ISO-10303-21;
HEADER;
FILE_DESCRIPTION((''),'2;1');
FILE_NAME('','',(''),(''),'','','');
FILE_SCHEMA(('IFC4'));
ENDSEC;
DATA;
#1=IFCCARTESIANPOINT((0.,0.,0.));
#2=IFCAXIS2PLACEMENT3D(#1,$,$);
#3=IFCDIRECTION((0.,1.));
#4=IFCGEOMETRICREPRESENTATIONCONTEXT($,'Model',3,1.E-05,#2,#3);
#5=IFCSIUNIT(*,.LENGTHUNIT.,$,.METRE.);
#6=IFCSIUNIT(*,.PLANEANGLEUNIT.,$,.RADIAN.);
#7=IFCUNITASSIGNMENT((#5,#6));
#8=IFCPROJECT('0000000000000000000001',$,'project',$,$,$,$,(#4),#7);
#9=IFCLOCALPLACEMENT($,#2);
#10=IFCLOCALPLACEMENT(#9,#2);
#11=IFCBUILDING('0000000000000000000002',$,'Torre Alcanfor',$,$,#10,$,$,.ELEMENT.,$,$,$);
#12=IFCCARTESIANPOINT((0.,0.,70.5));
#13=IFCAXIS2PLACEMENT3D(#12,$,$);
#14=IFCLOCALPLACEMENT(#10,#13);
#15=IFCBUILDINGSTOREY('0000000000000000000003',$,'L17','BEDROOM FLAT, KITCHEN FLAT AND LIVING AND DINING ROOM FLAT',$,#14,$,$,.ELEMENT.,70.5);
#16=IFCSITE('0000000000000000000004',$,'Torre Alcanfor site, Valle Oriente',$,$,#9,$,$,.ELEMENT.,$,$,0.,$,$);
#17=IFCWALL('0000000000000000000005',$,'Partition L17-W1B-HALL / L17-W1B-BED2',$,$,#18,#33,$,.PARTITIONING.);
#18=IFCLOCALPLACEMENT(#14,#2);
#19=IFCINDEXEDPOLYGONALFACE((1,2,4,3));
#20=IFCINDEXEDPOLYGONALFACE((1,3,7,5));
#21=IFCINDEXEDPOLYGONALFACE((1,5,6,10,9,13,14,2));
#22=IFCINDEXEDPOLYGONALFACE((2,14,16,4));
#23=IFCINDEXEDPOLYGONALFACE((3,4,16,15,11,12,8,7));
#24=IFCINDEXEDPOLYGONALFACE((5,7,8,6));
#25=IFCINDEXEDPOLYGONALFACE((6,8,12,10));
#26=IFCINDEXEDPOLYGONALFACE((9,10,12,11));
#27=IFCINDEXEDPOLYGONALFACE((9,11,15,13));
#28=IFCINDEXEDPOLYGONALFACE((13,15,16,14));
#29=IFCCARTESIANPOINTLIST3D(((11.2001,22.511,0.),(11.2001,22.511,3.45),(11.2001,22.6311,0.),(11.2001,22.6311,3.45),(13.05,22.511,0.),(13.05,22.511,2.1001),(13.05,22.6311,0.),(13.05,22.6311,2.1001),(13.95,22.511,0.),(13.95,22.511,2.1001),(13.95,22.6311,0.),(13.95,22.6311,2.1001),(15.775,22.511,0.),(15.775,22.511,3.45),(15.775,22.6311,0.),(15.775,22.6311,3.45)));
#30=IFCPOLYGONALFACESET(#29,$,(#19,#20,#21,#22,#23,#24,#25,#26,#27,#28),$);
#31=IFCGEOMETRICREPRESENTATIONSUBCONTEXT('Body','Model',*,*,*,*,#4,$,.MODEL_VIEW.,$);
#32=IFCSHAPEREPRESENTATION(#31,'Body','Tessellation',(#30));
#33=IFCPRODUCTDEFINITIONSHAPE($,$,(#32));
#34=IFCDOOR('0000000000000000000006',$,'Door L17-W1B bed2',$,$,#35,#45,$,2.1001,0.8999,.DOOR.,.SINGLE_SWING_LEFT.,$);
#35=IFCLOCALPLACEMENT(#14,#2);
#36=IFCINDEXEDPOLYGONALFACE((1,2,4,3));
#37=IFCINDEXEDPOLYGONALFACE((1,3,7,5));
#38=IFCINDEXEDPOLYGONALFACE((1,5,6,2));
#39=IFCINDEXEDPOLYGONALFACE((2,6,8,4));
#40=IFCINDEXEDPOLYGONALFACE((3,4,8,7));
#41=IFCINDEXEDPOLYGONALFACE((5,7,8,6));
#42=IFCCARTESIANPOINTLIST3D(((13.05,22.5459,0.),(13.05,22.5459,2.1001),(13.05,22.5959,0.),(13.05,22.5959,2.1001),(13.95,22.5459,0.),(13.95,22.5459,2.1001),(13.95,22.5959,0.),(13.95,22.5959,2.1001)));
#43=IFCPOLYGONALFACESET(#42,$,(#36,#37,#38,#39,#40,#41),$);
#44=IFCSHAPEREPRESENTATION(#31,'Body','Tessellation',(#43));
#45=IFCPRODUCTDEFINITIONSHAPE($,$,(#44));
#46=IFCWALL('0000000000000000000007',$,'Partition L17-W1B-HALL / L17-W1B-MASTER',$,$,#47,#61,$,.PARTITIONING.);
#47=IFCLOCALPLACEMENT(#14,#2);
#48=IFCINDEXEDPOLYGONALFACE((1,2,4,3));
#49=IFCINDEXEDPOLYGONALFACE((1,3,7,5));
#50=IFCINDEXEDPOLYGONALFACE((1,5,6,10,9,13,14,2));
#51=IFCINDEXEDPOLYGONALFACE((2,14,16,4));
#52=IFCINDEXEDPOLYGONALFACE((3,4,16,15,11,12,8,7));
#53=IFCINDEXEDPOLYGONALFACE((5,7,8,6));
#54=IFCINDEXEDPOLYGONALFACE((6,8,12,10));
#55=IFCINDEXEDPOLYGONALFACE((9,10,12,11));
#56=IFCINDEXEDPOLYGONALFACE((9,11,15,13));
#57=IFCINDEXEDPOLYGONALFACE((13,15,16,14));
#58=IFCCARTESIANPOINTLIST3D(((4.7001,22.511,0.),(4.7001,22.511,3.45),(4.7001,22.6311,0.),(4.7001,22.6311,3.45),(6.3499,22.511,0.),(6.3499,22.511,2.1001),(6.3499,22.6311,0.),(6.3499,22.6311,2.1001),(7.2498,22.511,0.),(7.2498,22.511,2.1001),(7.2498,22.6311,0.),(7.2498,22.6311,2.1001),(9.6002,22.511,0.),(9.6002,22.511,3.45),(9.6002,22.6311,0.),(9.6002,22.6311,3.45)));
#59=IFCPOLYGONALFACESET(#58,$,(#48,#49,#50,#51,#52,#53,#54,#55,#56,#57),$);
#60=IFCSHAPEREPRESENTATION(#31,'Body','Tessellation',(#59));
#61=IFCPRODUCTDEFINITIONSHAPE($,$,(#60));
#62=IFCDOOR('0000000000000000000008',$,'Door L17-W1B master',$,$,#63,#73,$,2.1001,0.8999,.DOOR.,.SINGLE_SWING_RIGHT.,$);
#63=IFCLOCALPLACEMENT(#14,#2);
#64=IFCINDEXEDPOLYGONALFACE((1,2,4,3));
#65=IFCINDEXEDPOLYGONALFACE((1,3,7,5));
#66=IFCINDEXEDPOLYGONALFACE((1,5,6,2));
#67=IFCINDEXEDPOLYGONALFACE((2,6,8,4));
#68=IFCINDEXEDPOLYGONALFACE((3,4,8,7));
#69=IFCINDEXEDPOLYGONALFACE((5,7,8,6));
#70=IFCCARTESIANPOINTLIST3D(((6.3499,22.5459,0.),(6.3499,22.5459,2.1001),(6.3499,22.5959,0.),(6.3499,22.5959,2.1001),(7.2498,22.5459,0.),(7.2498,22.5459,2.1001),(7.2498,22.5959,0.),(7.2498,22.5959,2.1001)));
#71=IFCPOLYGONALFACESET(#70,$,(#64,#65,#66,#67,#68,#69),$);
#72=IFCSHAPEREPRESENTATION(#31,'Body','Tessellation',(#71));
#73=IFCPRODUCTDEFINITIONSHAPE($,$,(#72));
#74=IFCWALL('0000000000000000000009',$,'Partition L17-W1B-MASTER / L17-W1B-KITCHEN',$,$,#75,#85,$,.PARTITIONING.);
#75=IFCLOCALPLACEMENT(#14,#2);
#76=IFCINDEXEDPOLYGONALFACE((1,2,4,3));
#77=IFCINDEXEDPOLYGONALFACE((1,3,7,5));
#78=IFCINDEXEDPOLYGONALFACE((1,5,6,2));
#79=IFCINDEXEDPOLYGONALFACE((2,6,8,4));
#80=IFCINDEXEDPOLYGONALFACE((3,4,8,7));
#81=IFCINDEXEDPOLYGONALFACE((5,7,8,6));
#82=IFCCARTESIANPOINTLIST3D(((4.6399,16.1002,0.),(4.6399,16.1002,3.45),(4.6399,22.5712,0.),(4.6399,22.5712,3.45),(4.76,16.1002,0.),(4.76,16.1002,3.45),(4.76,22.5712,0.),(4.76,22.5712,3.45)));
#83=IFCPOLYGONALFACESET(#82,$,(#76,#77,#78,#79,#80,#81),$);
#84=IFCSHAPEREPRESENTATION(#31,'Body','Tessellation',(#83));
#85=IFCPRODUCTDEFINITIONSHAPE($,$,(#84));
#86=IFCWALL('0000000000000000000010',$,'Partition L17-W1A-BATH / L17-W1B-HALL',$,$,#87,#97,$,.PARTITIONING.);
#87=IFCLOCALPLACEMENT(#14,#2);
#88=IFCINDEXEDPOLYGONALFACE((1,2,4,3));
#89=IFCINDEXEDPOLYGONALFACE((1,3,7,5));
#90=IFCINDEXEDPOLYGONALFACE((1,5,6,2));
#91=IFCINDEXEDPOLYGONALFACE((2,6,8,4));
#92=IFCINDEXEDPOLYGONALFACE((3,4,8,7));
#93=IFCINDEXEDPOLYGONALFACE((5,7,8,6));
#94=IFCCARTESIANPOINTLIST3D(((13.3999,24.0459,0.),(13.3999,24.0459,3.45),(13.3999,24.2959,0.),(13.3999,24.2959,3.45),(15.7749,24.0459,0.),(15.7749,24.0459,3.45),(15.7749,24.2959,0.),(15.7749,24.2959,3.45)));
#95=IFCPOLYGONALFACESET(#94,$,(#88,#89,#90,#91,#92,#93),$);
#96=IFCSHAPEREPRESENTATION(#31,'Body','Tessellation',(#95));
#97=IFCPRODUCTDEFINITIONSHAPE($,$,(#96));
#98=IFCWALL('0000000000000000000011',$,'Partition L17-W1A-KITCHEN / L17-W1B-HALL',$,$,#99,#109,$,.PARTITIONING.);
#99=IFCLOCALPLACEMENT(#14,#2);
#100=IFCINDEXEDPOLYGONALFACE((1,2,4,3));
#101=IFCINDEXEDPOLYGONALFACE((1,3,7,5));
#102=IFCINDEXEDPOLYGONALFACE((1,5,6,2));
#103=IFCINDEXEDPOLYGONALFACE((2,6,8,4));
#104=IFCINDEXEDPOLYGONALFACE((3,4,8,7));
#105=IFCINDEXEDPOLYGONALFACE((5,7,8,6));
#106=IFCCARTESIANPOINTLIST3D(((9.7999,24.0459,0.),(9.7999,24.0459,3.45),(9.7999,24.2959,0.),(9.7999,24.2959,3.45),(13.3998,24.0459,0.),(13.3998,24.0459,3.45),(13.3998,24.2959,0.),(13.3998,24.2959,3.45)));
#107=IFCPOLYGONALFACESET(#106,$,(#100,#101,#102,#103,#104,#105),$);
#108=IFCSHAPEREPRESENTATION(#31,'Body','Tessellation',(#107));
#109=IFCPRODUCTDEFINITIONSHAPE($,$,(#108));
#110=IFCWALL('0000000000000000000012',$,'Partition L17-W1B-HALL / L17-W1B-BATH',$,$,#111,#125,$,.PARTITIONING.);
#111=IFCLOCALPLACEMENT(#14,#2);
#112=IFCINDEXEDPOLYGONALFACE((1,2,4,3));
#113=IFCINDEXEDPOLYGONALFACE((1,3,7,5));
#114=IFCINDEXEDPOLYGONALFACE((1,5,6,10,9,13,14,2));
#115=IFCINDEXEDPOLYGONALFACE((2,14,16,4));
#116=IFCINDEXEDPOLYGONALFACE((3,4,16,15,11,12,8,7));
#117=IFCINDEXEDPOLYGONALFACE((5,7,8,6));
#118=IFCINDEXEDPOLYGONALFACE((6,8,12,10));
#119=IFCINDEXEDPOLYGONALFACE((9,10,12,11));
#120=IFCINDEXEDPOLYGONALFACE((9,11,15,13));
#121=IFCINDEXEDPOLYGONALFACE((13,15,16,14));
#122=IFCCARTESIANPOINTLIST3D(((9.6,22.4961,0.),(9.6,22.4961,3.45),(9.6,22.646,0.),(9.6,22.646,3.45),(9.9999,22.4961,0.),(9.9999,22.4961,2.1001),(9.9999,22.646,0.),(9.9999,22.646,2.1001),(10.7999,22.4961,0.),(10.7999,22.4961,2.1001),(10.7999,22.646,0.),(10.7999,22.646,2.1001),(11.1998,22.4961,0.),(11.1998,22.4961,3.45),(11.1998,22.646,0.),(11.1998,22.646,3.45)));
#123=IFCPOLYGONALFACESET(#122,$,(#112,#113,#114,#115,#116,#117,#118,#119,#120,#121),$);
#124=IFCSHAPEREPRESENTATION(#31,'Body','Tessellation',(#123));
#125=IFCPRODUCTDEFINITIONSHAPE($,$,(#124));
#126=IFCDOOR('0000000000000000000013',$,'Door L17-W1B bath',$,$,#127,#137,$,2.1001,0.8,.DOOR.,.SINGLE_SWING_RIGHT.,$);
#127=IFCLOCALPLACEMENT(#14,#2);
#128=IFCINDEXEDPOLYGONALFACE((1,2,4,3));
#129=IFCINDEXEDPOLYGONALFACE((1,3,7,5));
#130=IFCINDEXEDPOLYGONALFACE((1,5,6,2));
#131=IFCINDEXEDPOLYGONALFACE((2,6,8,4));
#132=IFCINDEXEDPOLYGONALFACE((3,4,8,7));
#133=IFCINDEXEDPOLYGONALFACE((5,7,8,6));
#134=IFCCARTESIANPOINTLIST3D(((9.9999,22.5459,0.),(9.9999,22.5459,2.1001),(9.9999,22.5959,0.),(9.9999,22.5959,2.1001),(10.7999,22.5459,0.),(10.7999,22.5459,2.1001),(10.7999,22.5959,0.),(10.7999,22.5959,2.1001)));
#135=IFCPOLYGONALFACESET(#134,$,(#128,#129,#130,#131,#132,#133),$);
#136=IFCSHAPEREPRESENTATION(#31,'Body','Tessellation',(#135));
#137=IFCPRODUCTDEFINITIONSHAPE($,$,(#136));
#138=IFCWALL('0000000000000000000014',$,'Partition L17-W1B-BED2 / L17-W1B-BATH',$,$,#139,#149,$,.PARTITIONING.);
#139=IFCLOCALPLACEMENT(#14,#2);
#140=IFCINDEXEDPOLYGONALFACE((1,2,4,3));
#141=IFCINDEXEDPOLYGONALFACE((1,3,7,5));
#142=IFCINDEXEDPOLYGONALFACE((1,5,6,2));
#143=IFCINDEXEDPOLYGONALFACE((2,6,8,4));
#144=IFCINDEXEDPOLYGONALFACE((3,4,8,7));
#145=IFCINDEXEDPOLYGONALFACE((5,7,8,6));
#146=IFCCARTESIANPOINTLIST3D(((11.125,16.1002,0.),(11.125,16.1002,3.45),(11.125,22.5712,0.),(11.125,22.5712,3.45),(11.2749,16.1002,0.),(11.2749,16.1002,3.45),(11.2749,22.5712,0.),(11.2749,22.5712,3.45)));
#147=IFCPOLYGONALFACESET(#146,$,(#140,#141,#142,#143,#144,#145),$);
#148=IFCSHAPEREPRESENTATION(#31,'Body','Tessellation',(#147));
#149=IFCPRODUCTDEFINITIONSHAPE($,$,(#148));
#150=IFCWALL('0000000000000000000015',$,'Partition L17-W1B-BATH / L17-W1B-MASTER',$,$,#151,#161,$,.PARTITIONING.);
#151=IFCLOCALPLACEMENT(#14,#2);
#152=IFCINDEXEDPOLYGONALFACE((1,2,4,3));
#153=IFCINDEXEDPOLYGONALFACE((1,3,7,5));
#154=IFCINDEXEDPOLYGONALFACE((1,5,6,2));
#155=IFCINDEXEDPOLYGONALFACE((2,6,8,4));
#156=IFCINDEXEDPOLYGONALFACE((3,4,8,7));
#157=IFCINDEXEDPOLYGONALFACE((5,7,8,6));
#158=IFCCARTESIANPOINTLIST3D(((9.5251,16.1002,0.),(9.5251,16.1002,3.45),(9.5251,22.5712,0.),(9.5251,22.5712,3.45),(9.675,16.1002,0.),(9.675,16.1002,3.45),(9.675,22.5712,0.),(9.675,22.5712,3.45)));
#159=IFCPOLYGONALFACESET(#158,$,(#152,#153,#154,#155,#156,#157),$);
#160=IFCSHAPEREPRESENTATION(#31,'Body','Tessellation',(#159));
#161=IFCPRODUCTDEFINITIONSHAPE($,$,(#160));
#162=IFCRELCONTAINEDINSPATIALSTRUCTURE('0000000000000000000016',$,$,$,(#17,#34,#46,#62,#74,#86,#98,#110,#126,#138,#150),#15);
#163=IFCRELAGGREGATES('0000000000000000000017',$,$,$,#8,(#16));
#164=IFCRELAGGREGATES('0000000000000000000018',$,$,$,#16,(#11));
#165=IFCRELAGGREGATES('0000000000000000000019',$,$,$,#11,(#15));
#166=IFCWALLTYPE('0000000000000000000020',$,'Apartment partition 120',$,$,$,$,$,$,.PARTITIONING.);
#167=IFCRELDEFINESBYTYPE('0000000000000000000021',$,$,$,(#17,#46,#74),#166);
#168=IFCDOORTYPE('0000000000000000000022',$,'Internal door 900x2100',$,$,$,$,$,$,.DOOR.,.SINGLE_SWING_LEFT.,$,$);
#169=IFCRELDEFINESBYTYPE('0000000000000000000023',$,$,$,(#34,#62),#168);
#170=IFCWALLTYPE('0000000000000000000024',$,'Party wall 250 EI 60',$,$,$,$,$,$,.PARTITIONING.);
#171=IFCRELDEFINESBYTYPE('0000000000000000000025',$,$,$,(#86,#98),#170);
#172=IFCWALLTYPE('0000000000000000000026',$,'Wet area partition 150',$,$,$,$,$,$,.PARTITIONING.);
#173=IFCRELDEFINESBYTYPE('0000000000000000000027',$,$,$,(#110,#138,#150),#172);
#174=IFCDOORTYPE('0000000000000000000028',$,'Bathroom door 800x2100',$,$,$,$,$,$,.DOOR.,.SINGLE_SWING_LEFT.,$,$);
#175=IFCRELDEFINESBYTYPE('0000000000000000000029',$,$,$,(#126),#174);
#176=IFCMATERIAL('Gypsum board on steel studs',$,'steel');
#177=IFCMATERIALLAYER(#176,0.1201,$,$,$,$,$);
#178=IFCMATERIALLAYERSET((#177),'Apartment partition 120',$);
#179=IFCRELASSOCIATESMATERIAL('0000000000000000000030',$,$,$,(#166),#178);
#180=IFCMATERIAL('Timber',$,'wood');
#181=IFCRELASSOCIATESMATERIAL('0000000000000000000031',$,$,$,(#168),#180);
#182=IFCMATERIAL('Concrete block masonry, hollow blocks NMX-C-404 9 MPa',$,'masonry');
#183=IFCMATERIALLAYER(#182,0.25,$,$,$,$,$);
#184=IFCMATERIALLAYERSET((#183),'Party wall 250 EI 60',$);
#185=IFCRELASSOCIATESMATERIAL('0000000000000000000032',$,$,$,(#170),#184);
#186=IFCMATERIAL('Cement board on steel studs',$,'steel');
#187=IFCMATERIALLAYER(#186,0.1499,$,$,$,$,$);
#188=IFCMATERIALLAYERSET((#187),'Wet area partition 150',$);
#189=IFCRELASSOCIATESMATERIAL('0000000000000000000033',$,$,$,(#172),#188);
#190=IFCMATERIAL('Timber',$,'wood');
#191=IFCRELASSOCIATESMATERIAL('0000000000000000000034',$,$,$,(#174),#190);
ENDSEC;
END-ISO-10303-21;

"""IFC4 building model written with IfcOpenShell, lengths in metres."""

from ifc_helpers import new_model, si_unit, direction, frame, frame_2d, origin, place, context, subcontext, project, spatial, rectangle, extrude, material, layer, layer_set, type_object, element, fill, save


model = new_model("IFC4")

# Units and contexts
model_context = context("Model", 3, precision=1e-05, world=origin(), true_north=direction((0.0, 1.0)))
body_context = subcontext(model_context, "Body", "Model", "MODEL_VIEW")
ifc_project = project(units=[si_unit("LENGTHUNIT", "METRE"), si_unit("PLANEANGLEUNIT", "RADIAN")], contexts=[model_context])

# Site, building, storey
site_placement = place(None, origin())
site = spatial("IfcSite", under=ifc_project, at=site_placement, Name="Torre Alcanfor site, Valle Oriente", CompositionType="ELEMENT", RefElevation=0.0)
building_placement = place(site_placement, origin())
building = spatial("IfcBuilding", under=site, at=building_placement, Name="Torre Alcanfor", CompositionType="ELEMENT")
storey_placement = place(building_placement, frame((0.0, 0.0, 70.5)))
storey = spatial("IfcBuildingStorey", under=building, at=storey_placement, Name="L17", Description="BEDROOM FLAT, KITCHEN FLAT AND LIVING AND DINING ROOM FLAT", CompositionType="ELEMENT", Elevation=70.5)

# Walls, openings, doors
ifc_material_1 = material(Name="Gypsum board on steel studs", Category="steel")
ifc_layer_1 = layer(ifc_material_1, 0.1201)
ifc_layer_set_1 = layer_set([ifc_layer_1], Name="Apartment partition 120")
wall_type_1 = type_object("IfcWallType", Name="Apartment partition 120", PredefinedType="PARTITIONING", material=ifc_layer_set_1)
wall_1_placement = place(storey_placement, frame((11.2, 22.571, 0.0), z_axis=(0.0, 0.0, 1.0), x_axis=(1.0, 0.0, 0.0)))
wall_1 = element("IfcWall", 1, at=wall_1_placement, inside=storey, type_object=wall_type_1, Name="Partition L17-W1B-HALL / L17-W1B-BED2", PredefinedType="PARTITIONING", context=body_context, shape_type="SweptSolid", body=[
    extrude(rectangle(XDim=4.575, YDim=0.1201, at=frame_2d((2.2876, 0.0))), origin(), (0.0, 0.0, 1.0), 3.45),
])
opening_1_placement = place(wall_1_placement, frame((1.8501, 0.0, 0.0)))
opening_1 = element("IfcOpeningElement", 2, at=opening_1_placement, cuts=wall_1, PredefinedType="OPENING", context=body_context, shape_type="SweptSolid", body=[
    extrude(rectangle(XDim=0.8999, YDim=2.1001, at=frame_2d((0.45, 1.05))), frame((0.0, 0.0701, 0.0), z_axis=(0.0, -1.0, 0.0), x_axis=(1.0, 0.0, 0.0)), (0.0, 0.0, 1.0), 0.1401),
])
ifc_material_2 = material(Name="Timber", Category="wood")
door_type_1 = type_object("IfcDoorType", Name="Internal door 900x2100", OperationType="SINGLE_SWING_LEFT", PredefinedType="DOOR", material=ifc_material_2)
door_1_placement = place(opening_1_placement, frame((0.8999, 0.0, 0.0), z_axis=(0.0, 0.0, 1.0), x_axis=(-1.0, 0.0, 0.0)))
door_1 = element("IfcDoor", 3, at=door_1_placement, inside=storey, type_object=door_type_1, Name="Door L17-W1B bed2", OperationType="SINGLE_SWING_LEFT", OverallHeight=2.1001, OverallWidth=0.8999, PredefinedType="DOOR", context=body_context, shape_type="SweptSolid", body=[
    extrude(rectangle(XDim=0.8999, YDim=2.1001, at=frame_2d((0.45, 1.05))), frame((0.0, 0.0251, 0.0), z_axis=(0.0, -1.0, 0.0), x_axis=(1.0, 0.0, 0.0)), (0.0, 0.0, 1.0), 0.05),
])
fill(opening_1, door_1)
wall_2_placement = place(storey_placement, frame((4.7, 22.571, 0.0), z_axis=(0.0, 0.0, 1.0), x_axis=(1.0, 0.0, 0.0)))
wall_2 = element("IfcWall", 4, at=wall_2_placement, inside=storey, type_object=wall_type_1, Name="Partition L17-W1B-HALL / L17-W1B-MASTER", PredefinedType="PARTITIONING", context=body_context, shape_type="SweptSolid", body=[
    extrude(rectangle(XDim=4.9001, YDim=0.1201, at=frame_2d((2.4502, 0.0))), origin(), (0.0, 0.0, 1.0), 3.45),
])
opening_2_placement = place(wall_2_placement, frame((1.6499, 0.0, 0.0)))
opening_2 = element("IfcOpeningElement", 5, at=opening_2_placement, cuts=wall_2, PredefinedType="OPENING", context=body_context, shape_type="SweptSolid", body=[
    extrude(rectangle(XDim=0.8999, YDim=2.1001, at=frame_2d((0.45, 1.05))), frame((0.0, 0.0701, 0.0), z_axis=(0.0, -1.0, 0.0), x_axis=(1.0, 0.0, 0.0)), (0.0, 0.0, 1.0), 0.1401),
])
door_2_placement = place(opening_2_placement, frame((0.8999, 0.0, 0.0), z_axis=(0.0, 0.0, 1.0), x_axis=(-1.0, 0.0, 0.0)))
door_2 = element("IfcDoor", 6, at=door_2_placement, inside=storey, type_object=door_type_1, Name="Door L17-W1B master", OperationType="SINGLE_SWING_RIGHT", OverallHeight=2.1001, OverallWidth=0.8999, PredefinedType="DOOR", context=body_context, shape_type="SweptSolid", body=[
    extrude(rectangle(XDim=0.8999, YDim=2.1001, at=frame_2d((0.45, 1.05))), frame((0.0, 0.0251, 0.0), z_axis=(0.0, -1.0, 0.0), x_axis=(1.0, 0.0, 0.0)), (0.0, 0.0, 1.0), 0.05),
])
fill(opening_2, door_2)

# Walls
wall_3_placement = place(storey_placement, frame((4.7, 22.571, 0.0), z_axis=(0.0, 0.0, 1.0), x_axis=(0.0, -1.0, 0.0)))
element("IfcWall", 7, at=wall_3_placement, inside=storey, type_object=wall_type_1, Name="Partition L17-W1B-MASTER / L17-W1B-KITCHEN", PredefinedType="PARTITIONING", context=body_context, shape_type="SweptSolid", body=[
    extrude(rectangle(XDim=6.4709, YDim=0.1201, at=frame_2d((3.2354, 0.0))), origin(), (0.0, 0.0, 1.0), 3.45),
])
ifc_material_3 = material(Name="Concrete block masonry, hollow blocks NMX-C-404 9 MPa", Category="masonry")
ifc_layer_2 = layer(ifc_material_3, 0.25)
ifc_layer_set_2 = layer_set([ifc_layer_2], Name="Party wall 250 EI 60")
wall_type_2 = type_object("IfcWallType", Name="Party wall 250 EI 60", PredefinedType="PARTITIONING", material=ifc_layer_set_2)
wall_4_placement = place(storey_placement, frame((13.3999, 24.1709, 0.0), z_axis=(0.0, 0.0, 1.0), x_axis=(1.0, 0.0, 0.0)))
element("IfcWall", 8, at=wall_4_placement, inside=storey, type_object=wall_type_2, Name="Partition L17-W1A-BATH / L17-W1B-HALL", PredefinedType="PARTITIONING", context=body_context, shape_type="SweptSolid", body=[
    extrude(rectangle(XDim=2.375, YDim=0.25, at=frame_2d((1.1875, 0.0))), origin(), (0.0, 0.0, 1.0), 3.45),
])
wall_5_placement = place(storey_placement, frame((9.8, 24.1709, 0.0), z_axis=(0.0, 0.0, 1.0), x_axis=(1.0, 0.0, 0.0)))
element("IfcWall", 9, at=wall_5_placement, inside=storey, type_object=wall_type_2, Name="Partition L17-W1A-KITCHEN / L17-W1B-HALL", PredefinedType="PARTITIONING", context=body_context, shape_type="SweptSolid", body=[
    extrude(rectangle(XDim=3.5999, YDim=0.25, at=frame_2d((1.7998, 0.0))), origin(), (0.0, 0.0, 1.0), 3.45),
])

# Wall, opening, door
ifc_material_4 = material(Name="Cement board on steel studs", Category="steel")
ifc_layer_3 = layer(ifc_material_4, 0.1499)
ifc_layer_set_3 = layer_set([ifc_layer_3], Name="Wet area partition 150")
wall_type_3 = type_object("IfcWallType", Name="Wet area partition 150", PredefinedType="PARTITIONING", material=ifc_layer_set_3)
wall_6_placement = place(storey_placement, frame((9.6001, 22.571, 0.0), z_axis=(0.0, 0.0, 1.0), x_axis=(1.0, 0.0, 0.0)))
wall_6 = element("IfcWall", 10, at=wall_6_placement, inside=storey, type_object=wall_type_3, Name="Partition L17-W1B-HALL / L17-W1B-BATH", PredefinedType="PARTITIONING", context=body_context, shape_type="SweptSolid", body=[
    extrude(rectangle(XDim=1.5999, YDim=0.1499, at=frame_2d((0.7998, 0.0))), origin(), (0.0, 0.0, 1.0), 3.45),
])
opening_3_placement = place(wall_6_placement, frame((0.3999, 0.0, 0.0)))
opening_3 = element("IfcOpeningElement", 11, at=opening_3_placement, cuts=wall_6, PredefinedType="OPENING", context=body_context, shape_type="SweptSolid", body=[
    extrude(rectangle(XDim=0.8, YDim=2.1001, at=frame_2d((0.3999, 1.05))), frame((0.0, 0.085, 0.0), z_axis=(0.0, -1.0, 0.0), x_axis=(1.0, 0.0, 0.0)), (0.0, 0.0, 1.0), 0.1699),
])
ifc_material_5 = material(Name="Timber", Category="wood")
door_type_2 = type_object("IfcDoorType", Name="Bathroom door 800x2100", OperationType="SINGLE_SWING_LEFT", PredefinedType="DOOR", material=ifc_material_5)
door_3_placement = place(opening_3_placement, frame((0.8, 0.0, 0.0), z_axis=(0.0, 0.0, 1.0), x_axis=(-1.0, 0.0, 0.0)))
door_3 = element("IfcDoor", 12, at=door_3_placement, inside=storey, type_object=door_type_2, Name="Door L17-W1B bath", OperationType="SINGLE_SWING_RIGHT", OverallHeight=2.1001, OverallWidth=0.8, PredefinedType="DOOR", context=body_context, shape_type="SweptSolid", body=[
    extrude(rectangle(XDim=0.8, YDim=2.1001, at=frame_2d((0.4001, 1.05))), frame((0.0, 0.0251, 0.0), z_axis=(0.0, -1.0, 0.0), x_axis=(1.0, 0.0, 0.0)), (0.0, 0.0, 1.0), 0.05),
])
fill(opening_3, door_3)

# Walls
for number, where, z_axis, x_axis, name in (
    (13, (11.2, 22.571, 0.0), (0.0, 0.0, 1.0), (0.0, -1.0, 0.0), "Partition L17-W1B-BED2 / L17-W1B-BATH"),
    (14, (9.6001, 22.571, 0.0), (0.0, 0.0, 1.0), (0.0, -1.0, 0.0), "Partition L17-W1B-BATH / L17-W1B-MASTER"),
):
    element("IfcWall", number, at=place(storey_placement, frame(where, z_axis=z_axis, x_axis=x_axis)), inside=storey, type_object=wall_type_3, Name=name, PredefinedType="PARTITIONING", context=body_context, shape_type="SweptSolid", body=[
        extrude(rectangle(XDim=6.4709, YDim=0.1499, at=frame_2d((3.2354, 0.0))), origin(), (0.0, 0.0, 1.0), 3.45),
    ])

save(model, "model.ifc")
